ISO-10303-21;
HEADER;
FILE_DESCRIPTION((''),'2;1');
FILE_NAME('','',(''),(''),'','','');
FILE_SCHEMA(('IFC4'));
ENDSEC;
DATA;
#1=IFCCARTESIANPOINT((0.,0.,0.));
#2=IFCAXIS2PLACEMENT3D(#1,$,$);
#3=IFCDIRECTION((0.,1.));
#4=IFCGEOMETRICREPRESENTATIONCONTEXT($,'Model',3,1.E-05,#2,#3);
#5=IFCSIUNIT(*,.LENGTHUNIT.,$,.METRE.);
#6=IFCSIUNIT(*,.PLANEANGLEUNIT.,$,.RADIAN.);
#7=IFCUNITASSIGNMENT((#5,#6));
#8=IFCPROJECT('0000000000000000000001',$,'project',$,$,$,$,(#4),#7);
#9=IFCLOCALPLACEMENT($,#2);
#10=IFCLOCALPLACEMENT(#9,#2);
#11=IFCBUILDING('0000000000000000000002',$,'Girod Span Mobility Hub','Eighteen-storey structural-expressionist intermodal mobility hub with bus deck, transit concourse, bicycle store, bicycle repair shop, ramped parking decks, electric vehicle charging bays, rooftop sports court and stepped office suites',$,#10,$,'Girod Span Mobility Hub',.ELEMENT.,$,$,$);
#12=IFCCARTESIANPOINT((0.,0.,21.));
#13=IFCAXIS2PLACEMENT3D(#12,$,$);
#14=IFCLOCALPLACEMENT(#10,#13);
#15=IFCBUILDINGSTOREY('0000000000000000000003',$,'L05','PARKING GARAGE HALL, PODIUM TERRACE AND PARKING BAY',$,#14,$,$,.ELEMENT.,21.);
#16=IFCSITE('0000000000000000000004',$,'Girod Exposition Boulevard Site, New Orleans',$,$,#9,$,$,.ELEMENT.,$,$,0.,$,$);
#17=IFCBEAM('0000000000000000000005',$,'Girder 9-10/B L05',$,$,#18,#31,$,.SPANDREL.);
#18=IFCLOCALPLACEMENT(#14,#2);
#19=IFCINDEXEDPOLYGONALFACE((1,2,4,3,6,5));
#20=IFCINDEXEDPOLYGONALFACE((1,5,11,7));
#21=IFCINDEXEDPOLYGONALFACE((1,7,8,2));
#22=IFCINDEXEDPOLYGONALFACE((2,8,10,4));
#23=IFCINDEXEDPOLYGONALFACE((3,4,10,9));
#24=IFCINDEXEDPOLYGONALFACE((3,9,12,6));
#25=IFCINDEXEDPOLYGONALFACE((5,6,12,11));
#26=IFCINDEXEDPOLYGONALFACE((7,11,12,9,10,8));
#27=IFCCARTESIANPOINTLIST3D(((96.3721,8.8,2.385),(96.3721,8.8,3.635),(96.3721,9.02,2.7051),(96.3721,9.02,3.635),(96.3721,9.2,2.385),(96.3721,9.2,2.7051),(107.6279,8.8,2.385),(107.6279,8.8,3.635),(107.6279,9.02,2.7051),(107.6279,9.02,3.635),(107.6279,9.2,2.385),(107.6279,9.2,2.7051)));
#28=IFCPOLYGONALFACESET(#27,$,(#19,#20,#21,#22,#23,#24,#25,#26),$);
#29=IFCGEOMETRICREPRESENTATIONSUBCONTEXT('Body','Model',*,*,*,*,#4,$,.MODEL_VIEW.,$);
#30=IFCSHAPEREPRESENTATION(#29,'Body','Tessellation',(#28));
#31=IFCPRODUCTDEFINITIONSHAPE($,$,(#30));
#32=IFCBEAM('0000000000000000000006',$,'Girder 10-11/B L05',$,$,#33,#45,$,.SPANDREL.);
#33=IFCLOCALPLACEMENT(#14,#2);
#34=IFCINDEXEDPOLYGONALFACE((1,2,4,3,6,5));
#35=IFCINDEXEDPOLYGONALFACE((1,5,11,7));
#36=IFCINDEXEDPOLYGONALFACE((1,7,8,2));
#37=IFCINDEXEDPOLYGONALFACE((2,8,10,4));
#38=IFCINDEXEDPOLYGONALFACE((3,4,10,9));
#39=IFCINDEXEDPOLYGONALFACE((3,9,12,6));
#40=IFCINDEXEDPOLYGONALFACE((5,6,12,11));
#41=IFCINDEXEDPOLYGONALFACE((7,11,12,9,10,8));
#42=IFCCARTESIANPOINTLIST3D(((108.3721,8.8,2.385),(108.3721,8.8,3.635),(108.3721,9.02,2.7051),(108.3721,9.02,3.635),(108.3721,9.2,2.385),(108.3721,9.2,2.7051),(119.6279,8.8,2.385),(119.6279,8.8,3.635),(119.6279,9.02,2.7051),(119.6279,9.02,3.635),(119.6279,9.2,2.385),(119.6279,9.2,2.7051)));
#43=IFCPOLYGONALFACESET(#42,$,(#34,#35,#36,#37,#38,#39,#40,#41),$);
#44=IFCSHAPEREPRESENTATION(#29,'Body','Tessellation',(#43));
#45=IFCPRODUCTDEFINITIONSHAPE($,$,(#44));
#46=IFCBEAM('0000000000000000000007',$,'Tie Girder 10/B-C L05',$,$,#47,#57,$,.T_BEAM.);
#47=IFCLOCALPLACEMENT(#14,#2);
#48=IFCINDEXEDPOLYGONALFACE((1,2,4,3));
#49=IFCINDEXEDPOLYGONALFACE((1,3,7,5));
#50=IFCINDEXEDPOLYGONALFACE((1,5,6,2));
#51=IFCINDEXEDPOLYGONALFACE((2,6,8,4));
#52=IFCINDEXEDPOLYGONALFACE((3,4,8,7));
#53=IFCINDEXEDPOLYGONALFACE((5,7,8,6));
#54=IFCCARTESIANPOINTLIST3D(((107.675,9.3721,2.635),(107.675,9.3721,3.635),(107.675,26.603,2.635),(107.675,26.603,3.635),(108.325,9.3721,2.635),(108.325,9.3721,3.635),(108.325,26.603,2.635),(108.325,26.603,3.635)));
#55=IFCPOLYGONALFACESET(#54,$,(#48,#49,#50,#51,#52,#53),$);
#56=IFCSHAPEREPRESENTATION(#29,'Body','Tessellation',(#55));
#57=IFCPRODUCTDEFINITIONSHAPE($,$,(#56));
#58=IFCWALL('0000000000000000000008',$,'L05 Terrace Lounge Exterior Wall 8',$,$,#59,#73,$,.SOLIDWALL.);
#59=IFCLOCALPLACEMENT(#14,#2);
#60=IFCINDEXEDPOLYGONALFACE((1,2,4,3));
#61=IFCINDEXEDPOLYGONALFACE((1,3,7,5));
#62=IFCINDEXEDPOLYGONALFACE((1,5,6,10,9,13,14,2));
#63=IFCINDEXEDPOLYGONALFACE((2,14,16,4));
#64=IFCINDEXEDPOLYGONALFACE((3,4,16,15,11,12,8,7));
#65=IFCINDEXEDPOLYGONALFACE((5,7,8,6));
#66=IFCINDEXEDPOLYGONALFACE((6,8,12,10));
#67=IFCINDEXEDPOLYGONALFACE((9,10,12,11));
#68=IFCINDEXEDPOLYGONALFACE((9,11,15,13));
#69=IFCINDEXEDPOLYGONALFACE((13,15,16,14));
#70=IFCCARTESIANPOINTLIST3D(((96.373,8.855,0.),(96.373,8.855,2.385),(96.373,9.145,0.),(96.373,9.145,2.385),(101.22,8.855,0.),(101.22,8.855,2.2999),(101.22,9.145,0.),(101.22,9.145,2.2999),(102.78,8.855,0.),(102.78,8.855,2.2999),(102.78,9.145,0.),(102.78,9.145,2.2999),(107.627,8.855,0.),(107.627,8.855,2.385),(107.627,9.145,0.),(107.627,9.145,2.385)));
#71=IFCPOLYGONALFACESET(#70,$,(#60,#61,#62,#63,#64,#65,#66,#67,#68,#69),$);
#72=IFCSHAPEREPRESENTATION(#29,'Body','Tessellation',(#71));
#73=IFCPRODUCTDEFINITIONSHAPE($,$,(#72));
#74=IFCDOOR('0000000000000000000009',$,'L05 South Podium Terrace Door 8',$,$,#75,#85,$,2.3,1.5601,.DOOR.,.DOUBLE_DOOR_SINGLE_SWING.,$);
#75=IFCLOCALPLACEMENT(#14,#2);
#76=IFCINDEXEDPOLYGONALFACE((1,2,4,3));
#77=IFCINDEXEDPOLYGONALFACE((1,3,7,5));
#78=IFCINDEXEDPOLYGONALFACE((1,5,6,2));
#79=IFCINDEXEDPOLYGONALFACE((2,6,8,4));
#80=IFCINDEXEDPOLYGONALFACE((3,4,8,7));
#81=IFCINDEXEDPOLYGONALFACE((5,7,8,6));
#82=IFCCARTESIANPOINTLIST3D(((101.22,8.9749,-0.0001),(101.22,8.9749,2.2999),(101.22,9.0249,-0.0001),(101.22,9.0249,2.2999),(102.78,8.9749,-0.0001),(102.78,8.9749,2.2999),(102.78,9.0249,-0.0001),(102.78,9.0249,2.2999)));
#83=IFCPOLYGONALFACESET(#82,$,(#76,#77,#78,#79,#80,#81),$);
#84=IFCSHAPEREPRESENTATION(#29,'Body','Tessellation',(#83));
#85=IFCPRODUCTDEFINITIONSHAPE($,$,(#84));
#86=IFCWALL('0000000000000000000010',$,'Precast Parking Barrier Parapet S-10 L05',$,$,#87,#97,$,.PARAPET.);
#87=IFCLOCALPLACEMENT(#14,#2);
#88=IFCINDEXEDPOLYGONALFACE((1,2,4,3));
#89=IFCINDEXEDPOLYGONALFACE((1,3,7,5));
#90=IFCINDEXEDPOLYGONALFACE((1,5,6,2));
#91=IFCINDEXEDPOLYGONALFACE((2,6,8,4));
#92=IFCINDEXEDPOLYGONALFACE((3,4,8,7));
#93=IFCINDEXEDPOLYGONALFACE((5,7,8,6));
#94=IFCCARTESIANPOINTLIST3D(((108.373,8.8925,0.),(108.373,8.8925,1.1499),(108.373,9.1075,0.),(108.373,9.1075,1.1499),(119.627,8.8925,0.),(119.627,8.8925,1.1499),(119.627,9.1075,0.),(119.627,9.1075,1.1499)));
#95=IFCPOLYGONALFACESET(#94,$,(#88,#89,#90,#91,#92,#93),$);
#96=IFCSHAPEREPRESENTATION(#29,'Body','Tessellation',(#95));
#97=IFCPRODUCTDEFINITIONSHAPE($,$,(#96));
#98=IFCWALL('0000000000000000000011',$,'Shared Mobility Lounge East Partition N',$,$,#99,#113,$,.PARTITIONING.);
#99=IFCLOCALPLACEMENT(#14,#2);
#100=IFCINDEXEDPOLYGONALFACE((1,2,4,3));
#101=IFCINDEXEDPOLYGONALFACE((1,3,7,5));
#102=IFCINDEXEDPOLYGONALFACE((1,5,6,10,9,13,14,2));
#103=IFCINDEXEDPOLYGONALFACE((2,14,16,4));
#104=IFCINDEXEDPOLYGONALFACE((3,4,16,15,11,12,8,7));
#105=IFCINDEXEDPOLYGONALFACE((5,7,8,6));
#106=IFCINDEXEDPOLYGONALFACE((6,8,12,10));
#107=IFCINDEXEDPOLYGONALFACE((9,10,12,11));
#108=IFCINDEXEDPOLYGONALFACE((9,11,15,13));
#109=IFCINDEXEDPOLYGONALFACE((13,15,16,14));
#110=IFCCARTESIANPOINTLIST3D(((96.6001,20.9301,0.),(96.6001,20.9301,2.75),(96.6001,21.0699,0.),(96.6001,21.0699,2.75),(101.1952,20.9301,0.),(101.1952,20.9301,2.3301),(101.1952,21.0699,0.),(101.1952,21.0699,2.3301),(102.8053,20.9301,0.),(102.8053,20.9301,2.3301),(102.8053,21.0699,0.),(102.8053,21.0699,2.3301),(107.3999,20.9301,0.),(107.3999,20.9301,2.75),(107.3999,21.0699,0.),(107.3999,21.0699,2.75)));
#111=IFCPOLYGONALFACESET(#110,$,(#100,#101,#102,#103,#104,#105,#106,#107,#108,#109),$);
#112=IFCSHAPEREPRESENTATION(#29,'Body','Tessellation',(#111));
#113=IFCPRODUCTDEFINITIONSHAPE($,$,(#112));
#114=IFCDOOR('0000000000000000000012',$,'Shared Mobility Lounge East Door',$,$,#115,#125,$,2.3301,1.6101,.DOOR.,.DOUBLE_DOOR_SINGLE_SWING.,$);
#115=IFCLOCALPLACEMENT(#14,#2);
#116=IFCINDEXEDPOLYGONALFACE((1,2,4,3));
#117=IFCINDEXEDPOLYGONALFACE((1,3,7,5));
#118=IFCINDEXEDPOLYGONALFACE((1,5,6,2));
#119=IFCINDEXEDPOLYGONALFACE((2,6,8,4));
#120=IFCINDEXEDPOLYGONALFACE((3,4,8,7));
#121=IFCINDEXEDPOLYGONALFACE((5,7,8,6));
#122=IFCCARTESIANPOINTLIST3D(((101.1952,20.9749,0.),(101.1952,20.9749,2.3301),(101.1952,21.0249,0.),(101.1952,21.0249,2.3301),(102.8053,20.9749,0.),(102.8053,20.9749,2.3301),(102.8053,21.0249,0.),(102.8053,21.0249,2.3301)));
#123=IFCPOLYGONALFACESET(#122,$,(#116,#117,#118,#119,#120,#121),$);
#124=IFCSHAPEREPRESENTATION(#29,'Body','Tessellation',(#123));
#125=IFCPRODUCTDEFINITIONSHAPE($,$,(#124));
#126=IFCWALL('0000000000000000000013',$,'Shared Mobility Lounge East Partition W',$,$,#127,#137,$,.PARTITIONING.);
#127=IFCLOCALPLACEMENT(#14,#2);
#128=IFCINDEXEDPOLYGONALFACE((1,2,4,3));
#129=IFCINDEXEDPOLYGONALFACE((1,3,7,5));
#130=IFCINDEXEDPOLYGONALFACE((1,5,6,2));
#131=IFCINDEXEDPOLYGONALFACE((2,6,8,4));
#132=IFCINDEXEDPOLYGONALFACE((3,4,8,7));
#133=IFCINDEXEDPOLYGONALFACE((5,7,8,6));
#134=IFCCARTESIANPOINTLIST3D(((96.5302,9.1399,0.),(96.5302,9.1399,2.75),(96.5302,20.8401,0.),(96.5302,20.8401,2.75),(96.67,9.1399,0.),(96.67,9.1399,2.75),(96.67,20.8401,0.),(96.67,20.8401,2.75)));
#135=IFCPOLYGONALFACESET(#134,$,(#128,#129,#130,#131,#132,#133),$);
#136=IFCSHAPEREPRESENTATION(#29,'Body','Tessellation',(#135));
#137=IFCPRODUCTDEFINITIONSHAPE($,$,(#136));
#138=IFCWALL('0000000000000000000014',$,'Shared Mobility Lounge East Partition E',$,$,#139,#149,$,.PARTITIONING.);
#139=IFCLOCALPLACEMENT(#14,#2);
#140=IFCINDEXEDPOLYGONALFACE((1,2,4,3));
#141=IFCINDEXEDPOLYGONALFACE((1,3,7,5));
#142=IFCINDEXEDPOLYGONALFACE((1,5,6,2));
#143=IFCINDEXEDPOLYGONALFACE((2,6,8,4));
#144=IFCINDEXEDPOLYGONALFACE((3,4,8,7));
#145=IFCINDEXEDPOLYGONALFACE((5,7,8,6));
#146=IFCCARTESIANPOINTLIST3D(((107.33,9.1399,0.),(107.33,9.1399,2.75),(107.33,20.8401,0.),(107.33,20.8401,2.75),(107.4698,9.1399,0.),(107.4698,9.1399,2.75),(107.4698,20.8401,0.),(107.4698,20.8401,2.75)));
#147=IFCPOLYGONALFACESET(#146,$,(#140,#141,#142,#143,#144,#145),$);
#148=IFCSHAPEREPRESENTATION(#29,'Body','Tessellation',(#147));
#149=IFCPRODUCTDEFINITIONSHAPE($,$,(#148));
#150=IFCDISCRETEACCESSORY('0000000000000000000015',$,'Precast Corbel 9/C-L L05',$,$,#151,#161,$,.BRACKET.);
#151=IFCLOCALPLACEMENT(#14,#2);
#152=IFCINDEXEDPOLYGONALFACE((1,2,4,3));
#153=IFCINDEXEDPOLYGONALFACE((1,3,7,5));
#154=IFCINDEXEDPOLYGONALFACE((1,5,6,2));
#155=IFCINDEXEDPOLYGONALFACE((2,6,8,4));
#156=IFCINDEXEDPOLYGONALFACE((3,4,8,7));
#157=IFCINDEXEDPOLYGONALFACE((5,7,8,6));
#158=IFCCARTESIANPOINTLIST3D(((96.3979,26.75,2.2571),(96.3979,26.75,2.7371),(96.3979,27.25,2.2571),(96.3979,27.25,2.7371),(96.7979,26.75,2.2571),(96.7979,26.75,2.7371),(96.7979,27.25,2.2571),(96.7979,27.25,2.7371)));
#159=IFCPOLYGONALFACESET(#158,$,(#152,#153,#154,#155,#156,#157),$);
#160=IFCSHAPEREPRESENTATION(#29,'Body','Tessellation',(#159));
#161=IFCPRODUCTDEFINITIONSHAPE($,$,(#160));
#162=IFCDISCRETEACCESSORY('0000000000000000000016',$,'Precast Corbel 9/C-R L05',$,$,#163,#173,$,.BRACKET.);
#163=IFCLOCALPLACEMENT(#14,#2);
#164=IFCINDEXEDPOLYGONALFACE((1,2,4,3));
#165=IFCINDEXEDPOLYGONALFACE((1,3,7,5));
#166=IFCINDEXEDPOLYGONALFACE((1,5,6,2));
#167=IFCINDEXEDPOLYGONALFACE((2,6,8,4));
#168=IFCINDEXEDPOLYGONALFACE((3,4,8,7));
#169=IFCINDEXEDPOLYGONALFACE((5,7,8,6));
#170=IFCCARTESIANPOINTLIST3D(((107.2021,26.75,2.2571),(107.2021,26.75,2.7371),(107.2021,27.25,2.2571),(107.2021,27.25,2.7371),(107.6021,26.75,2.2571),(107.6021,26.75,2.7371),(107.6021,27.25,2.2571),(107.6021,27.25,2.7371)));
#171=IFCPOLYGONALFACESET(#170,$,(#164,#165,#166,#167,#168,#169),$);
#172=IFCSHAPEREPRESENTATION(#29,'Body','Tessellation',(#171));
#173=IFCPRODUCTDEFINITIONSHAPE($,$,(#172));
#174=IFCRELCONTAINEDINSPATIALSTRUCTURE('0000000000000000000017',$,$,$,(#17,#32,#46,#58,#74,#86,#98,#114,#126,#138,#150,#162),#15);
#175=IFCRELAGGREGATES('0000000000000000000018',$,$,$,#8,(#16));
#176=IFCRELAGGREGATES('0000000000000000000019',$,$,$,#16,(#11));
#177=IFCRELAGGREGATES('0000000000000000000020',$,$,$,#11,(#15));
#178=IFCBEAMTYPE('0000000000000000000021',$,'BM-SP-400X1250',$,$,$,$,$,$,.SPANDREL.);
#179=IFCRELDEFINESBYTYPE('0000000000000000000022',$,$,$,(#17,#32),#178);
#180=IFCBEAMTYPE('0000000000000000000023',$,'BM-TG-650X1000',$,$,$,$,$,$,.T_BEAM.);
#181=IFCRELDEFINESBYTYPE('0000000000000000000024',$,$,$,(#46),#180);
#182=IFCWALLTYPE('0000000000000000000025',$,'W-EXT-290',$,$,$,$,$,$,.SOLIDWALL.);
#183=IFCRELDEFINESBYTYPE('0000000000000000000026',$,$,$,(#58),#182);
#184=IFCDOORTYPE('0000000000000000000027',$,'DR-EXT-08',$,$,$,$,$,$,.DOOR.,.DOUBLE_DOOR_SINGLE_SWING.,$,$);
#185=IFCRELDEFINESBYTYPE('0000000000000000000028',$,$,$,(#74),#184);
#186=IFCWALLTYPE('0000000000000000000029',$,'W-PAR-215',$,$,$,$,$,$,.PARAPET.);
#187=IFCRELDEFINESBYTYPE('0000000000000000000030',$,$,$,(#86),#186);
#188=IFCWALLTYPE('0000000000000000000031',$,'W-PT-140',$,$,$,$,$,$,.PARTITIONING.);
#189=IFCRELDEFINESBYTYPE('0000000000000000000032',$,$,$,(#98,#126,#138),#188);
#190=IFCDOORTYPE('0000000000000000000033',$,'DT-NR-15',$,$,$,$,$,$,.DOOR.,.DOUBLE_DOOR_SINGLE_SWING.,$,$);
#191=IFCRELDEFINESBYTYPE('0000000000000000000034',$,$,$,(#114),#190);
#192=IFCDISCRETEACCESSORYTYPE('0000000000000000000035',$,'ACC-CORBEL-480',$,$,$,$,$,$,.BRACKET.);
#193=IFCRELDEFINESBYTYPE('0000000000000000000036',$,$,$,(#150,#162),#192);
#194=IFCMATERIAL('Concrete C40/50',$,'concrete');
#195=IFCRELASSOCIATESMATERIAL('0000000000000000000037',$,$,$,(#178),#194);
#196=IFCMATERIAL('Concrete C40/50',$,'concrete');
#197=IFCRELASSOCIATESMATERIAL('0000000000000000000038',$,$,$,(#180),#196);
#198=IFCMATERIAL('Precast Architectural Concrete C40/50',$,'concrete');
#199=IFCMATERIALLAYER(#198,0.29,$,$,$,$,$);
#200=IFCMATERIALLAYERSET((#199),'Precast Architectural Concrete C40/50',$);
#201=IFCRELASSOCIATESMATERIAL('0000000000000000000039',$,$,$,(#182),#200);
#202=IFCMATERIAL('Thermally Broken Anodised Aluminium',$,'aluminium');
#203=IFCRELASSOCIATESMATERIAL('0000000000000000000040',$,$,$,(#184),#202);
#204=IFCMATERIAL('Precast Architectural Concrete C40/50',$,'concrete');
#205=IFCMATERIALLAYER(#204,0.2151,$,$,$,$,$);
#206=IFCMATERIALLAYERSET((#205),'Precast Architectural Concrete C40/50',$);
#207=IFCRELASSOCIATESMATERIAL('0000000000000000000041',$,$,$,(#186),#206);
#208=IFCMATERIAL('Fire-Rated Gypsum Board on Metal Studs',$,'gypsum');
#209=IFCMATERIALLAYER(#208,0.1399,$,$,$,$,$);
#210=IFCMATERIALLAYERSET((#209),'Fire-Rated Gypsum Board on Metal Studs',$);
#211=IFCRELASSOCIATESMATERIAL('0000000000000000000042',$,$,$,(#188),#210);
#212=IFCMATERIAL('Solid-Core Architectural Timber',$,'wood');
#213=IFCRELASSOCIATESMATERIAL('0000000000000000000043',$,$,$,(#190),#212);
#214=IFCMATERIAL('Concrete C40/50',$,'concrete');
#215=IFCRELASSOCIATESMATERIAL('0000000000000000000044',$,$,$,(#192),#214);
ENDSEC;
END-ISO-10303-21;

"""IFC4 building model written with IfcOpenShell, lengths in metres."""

from ifc_helpers import new_model, si_unit, direction, frame, frame_2d, origin, origin_2d, place, context, subcontext, project, spatial, polyline, rectangle, outline, extrude, material, layer, layer_set, material_profile, profile_set, type_object, element, fill, save


model = new_model("IFC4")

# Units and contexts
model_context = context("Model", 3, precision=1e-05, world=origin(), true_north=direction((0.0, 1.0)))
body_context = subcontext(model_context, "Body", "Model", "MODEL_VIEW")
ifc_project = project(units=[si_unit("LENGTHUNIT", "METRE"), si_unit("PLANEANGLEUNIT", "RADIAN")], contexts=[model_context])

# Site, building, storey
site_placement = place(None, origin())
site = spatial("IfcSite", under=ifc_project, at=site_placement, Name="Girod Exposition Boulevard Site, New Orleans", CompositionType="ELEMENT", RefElevation=0.0)
building_placement = place(site_placement, origin())
building = spatial("IfcBuilding", under=site, at=building_placement, Name="Girod Span Mobility Hub", Description="Eighteen-storey structural-expressionist intermodal mobility hub with bus deck, transit concourse, bicycle store, bicycle repair shop, ramped parking decks, electric vehicle charging bays, rooftop sports court and stepped office suites", LongName="Girod Span Mobility Hub", CompositionType="ELEMENT")
storey_placement = place(building_placement, frame((0.0, 0.0, 21.0)))
storey = spatial("IfcBuildingStorey", under=building, at=storey_placement, Name="L05", Description="PARKING GARAGE HALL, PODIUM TERRACE AND PARKING BAY", CompositionType="ELEMENT", Elevation=21.0)

# Beams
ifc_material_1 = material(Name="Concrete C40/50", Category="concrete")
ifc_material_profile_1 = material_profile(ifc_material_1, outline(polyline([(-0.2, -0.625), (0.2, -0.625), (0.2, -0.3049), (0.02, -0.3049), (0.02, 0.625), (-0.2, 0.625), (-0.2, -0.625)])), Name="SP-400X1250")
ifc_profile_set_1 = profile_set([ifc_material_profile_1], Name="Concrete C40/50")
beam_type_1 = type_object("IfcBeamType", Name="BM-SP-400X1250", PredefinedType="SPANDREL", material=ifc_profile_set_1)
for number, where, z_axis, x_axis, name in (
    (1, (96.3721, 9.0, 3.01), (1.0, 0.0, 0.0), (0.0, 1.0, 0.0), "Girder 9-10/B L05"),
    (2, (108.3721, 9.0, 3.01), (1.0, 0.0, 0.0), (0.0, 1.0, 0.0), "Girder 10-11/B L05"),
):
    element("IfcBeam", number, at=place(storey_placement, frame(where, z_axis=z_axis, x_axis=x_axis)), inside=storey, type_object=beam_type_1, Name=name, PredefinedType="SPANDREL", context=body_context, shape_type="SweptSolid", body=[
        extrude(outline(polyline([(-0.2, -0.625), (0.2, -0.625), (0.2, -0.3049), (0.02, -0.3049), (0.02, 0.625), (-0.2, 0.625), (-0.2, -0.625)])), origin(), (0.0, 0.0, 1.0), 11.2559),
    ])
ifc_material_2 = material(Name="Concrete C40/50", Category="concrete")
ifc_material_profile_2 = material_profile(ifc_material_2, rectangle(XDim=0.6499, YDim=1.0, at=origin_2d()), Name="TG-650X1000")
ifc_profile_set_2 = profile_set([ifc_material_profile_2], Name="Concrete C40/50")
beam_type_2 = type_object("IfcBeamType", Name="BM-TG-650X1000", PredefinedType="T_BEAM", material=ifc_profile_set_2)
beam_placement = place(storey_placement, frame((108.0, 9.3721, 3.135), z_axis=(0.0, 1.0, 0.0), x_axis=(-1.0, 0.0, 0.0)))
element("IfcBeam", 3, at=beam_placement, inside=storey, type_object=beam_type_2, Name="Tie Girder 10/B-C L05", PredefinedType="T_BEAM", context=body_context, shape_type="SweptSolid", body=[
    extrude(rectangle(XDim=0.6499, YDim=1.0, at=origin_2d()), origin(), (0.0, 0.0, 1.0), 17.231),
])

# Wall, opening, door
ifc_material_3 = material(Name="Precast Architectural Concrete C40/50", Category="concrete")
ifc_layer_1 = layer(ifc_material_3, 0.29)
ifc_layer_set_1 = layer_set([ifc_layer_1], Name="Precast Architectural Concrete C40/50")
wall_type_1 = type_object("IfcWallType", Name="W-EXT-290", PredefinedType="SOLIDWALL", material=ifc_layer_set_1)
wall_1_placement = place(storey_placement, frame((96.373, 9.0, 0.0), z_axis=(0.0, 0.0, 1.0), x_axis=(1.0, 0.0, 0.0)))
wall_1 = element("IfcWall", 4, at=wall_1_placement, inside=storey, type_object=wall_type_1, Name="L05 Terrace Lounge Exterior Wall 8", PredefinedType="SOLIDWALL", context=body_context, shape_type="SweptSolid", body=[
    extrude(rectangle(XDim=11.2539, YDim=0.29, at=frame_2d((5.627, 0.0))), origin(), (0.0, 0.0, 1.0), 2.385),
])
opening_1_placement = place(wall_1_placement, frame((4.8469, 0.0, 0.0)))
opening_1 = element("IfcOpeningElement", 5, at=opening_1_placement, cuts=wall_1, PredefinedType="OPENING", context=body_context, shape_type="SweptSolid", body=[
    extrude(rectangle(XDim=1.5601, YDim=2.3, at=frame_2d((0.78, 1.1499))), frame((0.0, 0.1599, 0.0), z_axis=(0.0, -1.0, 0.0), x_axis=(1.0, 0.0, 0.0)), (0.0, 0.0, 1.0), 0.3201),
])
ifc_material_4 = material(Name="Thermally Broken Anodised Aluminium", Category="aluminium")
door_type_1 = type_object("IfcDoorType", Name="DR-EXT-08", OperationType="DOUBLE_DOOR_SINGLE_SWING", PredefinedType="DOOR", material=ifc_material_4)
door_1_placement = place(opening_1_placement, origin())
door_1 = element("IfcDoor", 6, at=door_1_placement, inside=storey, type_object=door_type_1, Name="L05 South Podium Terrace Door 8", OperationType="DOUBLE_DOOR_SINGLE_SWING", OverallHeight=2.3, OverallWidth=1.5601, PredefinedType="DOOR", context=body_context, shape_type="SweptSolid", body=[
    extrude(rectangle(XDim=1.5601, YDim=2.3, at=frame_2d((0.78, 1.1499))), frame((0.0, 0.0249, 0.0), z_axis=(0.0, -1.0, 0.0), x_axis=(1.0, 0.0, 0.0)), (0.0, 0.0, 1.0), 0.05),
])
fill(opening_1, door_1)

# Wall
ifc_material_5 = material(Name="Precast Architectural Concrete C40/50", Category="concrete")
ifc_layer_2 = layer(ifc_material_5, 0.2151)
ifc_layer_set_2 = layer_set([ifc_layer_2], Name="Precast Architectural Concrete C40/50")
wall_type_2 = type_object("IfcWallType", Name="W-PAR-215", PredefinedType="PARAPET", material=ifc_layer_set_2)
wall_2_placement = place(storey_placement, frame((108.373, 9.0, 0.0), z_axis=(0.0, 0.0, 1.0), x_axis=(1.0, 0.0, 0.0)))
element("IfcWall", 7, at=wall_2_placement, inside=storey, type_object=wall_type_2, Name="Precast Parking Barrier Parapet S-10 L05", PredefinedType="PARAPET", context=body_context, shape_type="SweptSolid", body=[
    extrude(rectangle(XDim=11.2539, YDim=0.2151, at=frame_2d((5.627, 0.0))), origin(), (0.0, 0.0, 1.0), 1.1499),
])

# Wall, opening, door
ifc_material_6 = material(Name="Fire-Rated Gypsum Board on Metal Studs", Category="gypsum")
ifc_layer_3 = layer(ifc_material_6, 0.1399)
ifc_layer_set_3 = layer_set([ifc_layer_3], Name="Fire-Rated Gypsum Board on Metal Studs")
wall_type_3 = type_object("IfcWallType", Name="W-PT-140", PredefinedType="PARTITIONING", material=ifc_layer_set_3)
wall_3_placement = place(storey_placement, frame((96.6001, 21.0, 0.0), z_axis=(0.0, 0.0, 1.0), x_axis=(1.0, 0.0, 0.0)))
wall_3 = element("IfcWall", 8, at=wall_3_placement, inside=storey, type_object=wall_type_3, Name="Shared Mobility Lounge East Partition N", PredefinedType="PARTITIONING", context=body_context, shape_type="SweptSolid", body=[
    extrude(rectangle(XDim=10.7998, YDim=0.1399, at=frame_2d((5.3999, 0.0))), origin(), (0.0, 0.0, 1.0), 2.75),
])
opening_2_placement = place(wall_3_placement, frame((4.595, 0.0, 0.0)))
opening_2 = element("IfcOpeningElement", 9, at=opening_2_placement, cuts=wall_3, PredefinedType="OPENING", context=body_context, shape_type="SweptSolid", body=[
    extrude(rectangle(XDim=1.6101, YDim=2.3301, at=frame_2d((0.8052, 1.165))), frame((0.0, 0.085, 0.0), z_axis=(0.0, -1.0, 0.0), x_axis=(1.0, 0.0, 0.0)), (0.0, 0.0, 1.0), 0.1699),
])
ifc_material_7 = material(Name="Solid-Core Architectural Timber", Category="wood")
door_type_2 = type_object("IfcDoorType", Name="DT-NR-15", OperationType="DOUBLE_DOOR_SINGLE_SWING", PredefinedType="DOOR", material=ifc_material_7)
door_2_placement = place(opening_2_placement, origin())
door_2 = element("IfcDoor", 10, at=door_2_placement, inside=storey, type_object=door_type_2, Name="Shared Mobility Lounge East Door", OperationType="DOUBLE_DOOR_SINGLE_SWING", OverallHeight=2.3301, OverallWidth=1.6101, PredefinedType="DOOR", context=body_context, shape_type="SweptSolid", body=[
    extrude(rectangle(XDim=1.6101, YDim=2.3301, at=frame_2d((0.8052, 1.165))), frame((0.0, 0.0249, 0.0), z_axis=(0.0, -1.0, 0.0), x_axis=(1.0, 0.0, 0.0)), (0.0, 0.0, 1.0), 0.05),
])
fill(opening_2, door_2)

# Walls
for number, where, z_axis, x_axis, name in (
    (11, (96.6001, 9.1399, 0.0), (0.0, 0.0, 1.0), (0.0, 1.0, 0.0), "Shared Mobility Lounge East Partition W"),
    (12, (107.3999, 9.1399, 0.0), (0.0, 0.0, 1.0), (0.0, 1.0, 0.0), "Shared Mobility Lounge East Partition E"),
):
    element("IfcWall", number, at=place(storey_placement, frame(where, z_axis=z_axis, x_axis=x_axis)), inside=storey, type_object=wall_type_3, Name=name, PredefinedType="PARTITIONING", context=body_context, shape_type="SweptSolid", body=[
        extrude(rectangle(XDim=11.7002, YDim=0.1399, at=frame_2d((5.8501, 0.0))), origin(), (0.0, 0.0, 1.0), 2.75),
    ])

# Discrete accessories
ifc_material_8 = material(Name="Concrete C40/50", Category="concrete")
discrete_accessory_type = type_object("IfcDiscreteAccessoryType", Name="ACC-CORBEL-480", PredefinedType="BRACKET", material=ifc_material_8)
for number, where, z_axis, x_axis, name in (
    (13, (96.5979, 27.0, 2.2571), (0.0, 0.0, 1.0), (1.0, 0.0, 0.0), "Precast Corbel 9/C-L L05"),
    (14, (107.4021, 27.0, 2.2571), (0.0, 0.0, 1.0), (1.0, 0.0, 0.0), "Precast Corbel 9/C-R L05"),
):
    element("IfcDiscreteAccessory", number, at=place(storey_placement, frame(where, z_axis=z_axis, x_axis=x_axis)), inside=storey, type_object=discrete_accessory_type, Name=name, PredefinedType="BRACKET", context=body_context, shape_type="SweptSolid", body=[
        extrude(rectangle(XDim=0.3999, YDim=0.5, at=origin_2d()), origin(), (0.0, 0.0, 1.0), 0.48),
    ])

save(model, "model.ifc")
